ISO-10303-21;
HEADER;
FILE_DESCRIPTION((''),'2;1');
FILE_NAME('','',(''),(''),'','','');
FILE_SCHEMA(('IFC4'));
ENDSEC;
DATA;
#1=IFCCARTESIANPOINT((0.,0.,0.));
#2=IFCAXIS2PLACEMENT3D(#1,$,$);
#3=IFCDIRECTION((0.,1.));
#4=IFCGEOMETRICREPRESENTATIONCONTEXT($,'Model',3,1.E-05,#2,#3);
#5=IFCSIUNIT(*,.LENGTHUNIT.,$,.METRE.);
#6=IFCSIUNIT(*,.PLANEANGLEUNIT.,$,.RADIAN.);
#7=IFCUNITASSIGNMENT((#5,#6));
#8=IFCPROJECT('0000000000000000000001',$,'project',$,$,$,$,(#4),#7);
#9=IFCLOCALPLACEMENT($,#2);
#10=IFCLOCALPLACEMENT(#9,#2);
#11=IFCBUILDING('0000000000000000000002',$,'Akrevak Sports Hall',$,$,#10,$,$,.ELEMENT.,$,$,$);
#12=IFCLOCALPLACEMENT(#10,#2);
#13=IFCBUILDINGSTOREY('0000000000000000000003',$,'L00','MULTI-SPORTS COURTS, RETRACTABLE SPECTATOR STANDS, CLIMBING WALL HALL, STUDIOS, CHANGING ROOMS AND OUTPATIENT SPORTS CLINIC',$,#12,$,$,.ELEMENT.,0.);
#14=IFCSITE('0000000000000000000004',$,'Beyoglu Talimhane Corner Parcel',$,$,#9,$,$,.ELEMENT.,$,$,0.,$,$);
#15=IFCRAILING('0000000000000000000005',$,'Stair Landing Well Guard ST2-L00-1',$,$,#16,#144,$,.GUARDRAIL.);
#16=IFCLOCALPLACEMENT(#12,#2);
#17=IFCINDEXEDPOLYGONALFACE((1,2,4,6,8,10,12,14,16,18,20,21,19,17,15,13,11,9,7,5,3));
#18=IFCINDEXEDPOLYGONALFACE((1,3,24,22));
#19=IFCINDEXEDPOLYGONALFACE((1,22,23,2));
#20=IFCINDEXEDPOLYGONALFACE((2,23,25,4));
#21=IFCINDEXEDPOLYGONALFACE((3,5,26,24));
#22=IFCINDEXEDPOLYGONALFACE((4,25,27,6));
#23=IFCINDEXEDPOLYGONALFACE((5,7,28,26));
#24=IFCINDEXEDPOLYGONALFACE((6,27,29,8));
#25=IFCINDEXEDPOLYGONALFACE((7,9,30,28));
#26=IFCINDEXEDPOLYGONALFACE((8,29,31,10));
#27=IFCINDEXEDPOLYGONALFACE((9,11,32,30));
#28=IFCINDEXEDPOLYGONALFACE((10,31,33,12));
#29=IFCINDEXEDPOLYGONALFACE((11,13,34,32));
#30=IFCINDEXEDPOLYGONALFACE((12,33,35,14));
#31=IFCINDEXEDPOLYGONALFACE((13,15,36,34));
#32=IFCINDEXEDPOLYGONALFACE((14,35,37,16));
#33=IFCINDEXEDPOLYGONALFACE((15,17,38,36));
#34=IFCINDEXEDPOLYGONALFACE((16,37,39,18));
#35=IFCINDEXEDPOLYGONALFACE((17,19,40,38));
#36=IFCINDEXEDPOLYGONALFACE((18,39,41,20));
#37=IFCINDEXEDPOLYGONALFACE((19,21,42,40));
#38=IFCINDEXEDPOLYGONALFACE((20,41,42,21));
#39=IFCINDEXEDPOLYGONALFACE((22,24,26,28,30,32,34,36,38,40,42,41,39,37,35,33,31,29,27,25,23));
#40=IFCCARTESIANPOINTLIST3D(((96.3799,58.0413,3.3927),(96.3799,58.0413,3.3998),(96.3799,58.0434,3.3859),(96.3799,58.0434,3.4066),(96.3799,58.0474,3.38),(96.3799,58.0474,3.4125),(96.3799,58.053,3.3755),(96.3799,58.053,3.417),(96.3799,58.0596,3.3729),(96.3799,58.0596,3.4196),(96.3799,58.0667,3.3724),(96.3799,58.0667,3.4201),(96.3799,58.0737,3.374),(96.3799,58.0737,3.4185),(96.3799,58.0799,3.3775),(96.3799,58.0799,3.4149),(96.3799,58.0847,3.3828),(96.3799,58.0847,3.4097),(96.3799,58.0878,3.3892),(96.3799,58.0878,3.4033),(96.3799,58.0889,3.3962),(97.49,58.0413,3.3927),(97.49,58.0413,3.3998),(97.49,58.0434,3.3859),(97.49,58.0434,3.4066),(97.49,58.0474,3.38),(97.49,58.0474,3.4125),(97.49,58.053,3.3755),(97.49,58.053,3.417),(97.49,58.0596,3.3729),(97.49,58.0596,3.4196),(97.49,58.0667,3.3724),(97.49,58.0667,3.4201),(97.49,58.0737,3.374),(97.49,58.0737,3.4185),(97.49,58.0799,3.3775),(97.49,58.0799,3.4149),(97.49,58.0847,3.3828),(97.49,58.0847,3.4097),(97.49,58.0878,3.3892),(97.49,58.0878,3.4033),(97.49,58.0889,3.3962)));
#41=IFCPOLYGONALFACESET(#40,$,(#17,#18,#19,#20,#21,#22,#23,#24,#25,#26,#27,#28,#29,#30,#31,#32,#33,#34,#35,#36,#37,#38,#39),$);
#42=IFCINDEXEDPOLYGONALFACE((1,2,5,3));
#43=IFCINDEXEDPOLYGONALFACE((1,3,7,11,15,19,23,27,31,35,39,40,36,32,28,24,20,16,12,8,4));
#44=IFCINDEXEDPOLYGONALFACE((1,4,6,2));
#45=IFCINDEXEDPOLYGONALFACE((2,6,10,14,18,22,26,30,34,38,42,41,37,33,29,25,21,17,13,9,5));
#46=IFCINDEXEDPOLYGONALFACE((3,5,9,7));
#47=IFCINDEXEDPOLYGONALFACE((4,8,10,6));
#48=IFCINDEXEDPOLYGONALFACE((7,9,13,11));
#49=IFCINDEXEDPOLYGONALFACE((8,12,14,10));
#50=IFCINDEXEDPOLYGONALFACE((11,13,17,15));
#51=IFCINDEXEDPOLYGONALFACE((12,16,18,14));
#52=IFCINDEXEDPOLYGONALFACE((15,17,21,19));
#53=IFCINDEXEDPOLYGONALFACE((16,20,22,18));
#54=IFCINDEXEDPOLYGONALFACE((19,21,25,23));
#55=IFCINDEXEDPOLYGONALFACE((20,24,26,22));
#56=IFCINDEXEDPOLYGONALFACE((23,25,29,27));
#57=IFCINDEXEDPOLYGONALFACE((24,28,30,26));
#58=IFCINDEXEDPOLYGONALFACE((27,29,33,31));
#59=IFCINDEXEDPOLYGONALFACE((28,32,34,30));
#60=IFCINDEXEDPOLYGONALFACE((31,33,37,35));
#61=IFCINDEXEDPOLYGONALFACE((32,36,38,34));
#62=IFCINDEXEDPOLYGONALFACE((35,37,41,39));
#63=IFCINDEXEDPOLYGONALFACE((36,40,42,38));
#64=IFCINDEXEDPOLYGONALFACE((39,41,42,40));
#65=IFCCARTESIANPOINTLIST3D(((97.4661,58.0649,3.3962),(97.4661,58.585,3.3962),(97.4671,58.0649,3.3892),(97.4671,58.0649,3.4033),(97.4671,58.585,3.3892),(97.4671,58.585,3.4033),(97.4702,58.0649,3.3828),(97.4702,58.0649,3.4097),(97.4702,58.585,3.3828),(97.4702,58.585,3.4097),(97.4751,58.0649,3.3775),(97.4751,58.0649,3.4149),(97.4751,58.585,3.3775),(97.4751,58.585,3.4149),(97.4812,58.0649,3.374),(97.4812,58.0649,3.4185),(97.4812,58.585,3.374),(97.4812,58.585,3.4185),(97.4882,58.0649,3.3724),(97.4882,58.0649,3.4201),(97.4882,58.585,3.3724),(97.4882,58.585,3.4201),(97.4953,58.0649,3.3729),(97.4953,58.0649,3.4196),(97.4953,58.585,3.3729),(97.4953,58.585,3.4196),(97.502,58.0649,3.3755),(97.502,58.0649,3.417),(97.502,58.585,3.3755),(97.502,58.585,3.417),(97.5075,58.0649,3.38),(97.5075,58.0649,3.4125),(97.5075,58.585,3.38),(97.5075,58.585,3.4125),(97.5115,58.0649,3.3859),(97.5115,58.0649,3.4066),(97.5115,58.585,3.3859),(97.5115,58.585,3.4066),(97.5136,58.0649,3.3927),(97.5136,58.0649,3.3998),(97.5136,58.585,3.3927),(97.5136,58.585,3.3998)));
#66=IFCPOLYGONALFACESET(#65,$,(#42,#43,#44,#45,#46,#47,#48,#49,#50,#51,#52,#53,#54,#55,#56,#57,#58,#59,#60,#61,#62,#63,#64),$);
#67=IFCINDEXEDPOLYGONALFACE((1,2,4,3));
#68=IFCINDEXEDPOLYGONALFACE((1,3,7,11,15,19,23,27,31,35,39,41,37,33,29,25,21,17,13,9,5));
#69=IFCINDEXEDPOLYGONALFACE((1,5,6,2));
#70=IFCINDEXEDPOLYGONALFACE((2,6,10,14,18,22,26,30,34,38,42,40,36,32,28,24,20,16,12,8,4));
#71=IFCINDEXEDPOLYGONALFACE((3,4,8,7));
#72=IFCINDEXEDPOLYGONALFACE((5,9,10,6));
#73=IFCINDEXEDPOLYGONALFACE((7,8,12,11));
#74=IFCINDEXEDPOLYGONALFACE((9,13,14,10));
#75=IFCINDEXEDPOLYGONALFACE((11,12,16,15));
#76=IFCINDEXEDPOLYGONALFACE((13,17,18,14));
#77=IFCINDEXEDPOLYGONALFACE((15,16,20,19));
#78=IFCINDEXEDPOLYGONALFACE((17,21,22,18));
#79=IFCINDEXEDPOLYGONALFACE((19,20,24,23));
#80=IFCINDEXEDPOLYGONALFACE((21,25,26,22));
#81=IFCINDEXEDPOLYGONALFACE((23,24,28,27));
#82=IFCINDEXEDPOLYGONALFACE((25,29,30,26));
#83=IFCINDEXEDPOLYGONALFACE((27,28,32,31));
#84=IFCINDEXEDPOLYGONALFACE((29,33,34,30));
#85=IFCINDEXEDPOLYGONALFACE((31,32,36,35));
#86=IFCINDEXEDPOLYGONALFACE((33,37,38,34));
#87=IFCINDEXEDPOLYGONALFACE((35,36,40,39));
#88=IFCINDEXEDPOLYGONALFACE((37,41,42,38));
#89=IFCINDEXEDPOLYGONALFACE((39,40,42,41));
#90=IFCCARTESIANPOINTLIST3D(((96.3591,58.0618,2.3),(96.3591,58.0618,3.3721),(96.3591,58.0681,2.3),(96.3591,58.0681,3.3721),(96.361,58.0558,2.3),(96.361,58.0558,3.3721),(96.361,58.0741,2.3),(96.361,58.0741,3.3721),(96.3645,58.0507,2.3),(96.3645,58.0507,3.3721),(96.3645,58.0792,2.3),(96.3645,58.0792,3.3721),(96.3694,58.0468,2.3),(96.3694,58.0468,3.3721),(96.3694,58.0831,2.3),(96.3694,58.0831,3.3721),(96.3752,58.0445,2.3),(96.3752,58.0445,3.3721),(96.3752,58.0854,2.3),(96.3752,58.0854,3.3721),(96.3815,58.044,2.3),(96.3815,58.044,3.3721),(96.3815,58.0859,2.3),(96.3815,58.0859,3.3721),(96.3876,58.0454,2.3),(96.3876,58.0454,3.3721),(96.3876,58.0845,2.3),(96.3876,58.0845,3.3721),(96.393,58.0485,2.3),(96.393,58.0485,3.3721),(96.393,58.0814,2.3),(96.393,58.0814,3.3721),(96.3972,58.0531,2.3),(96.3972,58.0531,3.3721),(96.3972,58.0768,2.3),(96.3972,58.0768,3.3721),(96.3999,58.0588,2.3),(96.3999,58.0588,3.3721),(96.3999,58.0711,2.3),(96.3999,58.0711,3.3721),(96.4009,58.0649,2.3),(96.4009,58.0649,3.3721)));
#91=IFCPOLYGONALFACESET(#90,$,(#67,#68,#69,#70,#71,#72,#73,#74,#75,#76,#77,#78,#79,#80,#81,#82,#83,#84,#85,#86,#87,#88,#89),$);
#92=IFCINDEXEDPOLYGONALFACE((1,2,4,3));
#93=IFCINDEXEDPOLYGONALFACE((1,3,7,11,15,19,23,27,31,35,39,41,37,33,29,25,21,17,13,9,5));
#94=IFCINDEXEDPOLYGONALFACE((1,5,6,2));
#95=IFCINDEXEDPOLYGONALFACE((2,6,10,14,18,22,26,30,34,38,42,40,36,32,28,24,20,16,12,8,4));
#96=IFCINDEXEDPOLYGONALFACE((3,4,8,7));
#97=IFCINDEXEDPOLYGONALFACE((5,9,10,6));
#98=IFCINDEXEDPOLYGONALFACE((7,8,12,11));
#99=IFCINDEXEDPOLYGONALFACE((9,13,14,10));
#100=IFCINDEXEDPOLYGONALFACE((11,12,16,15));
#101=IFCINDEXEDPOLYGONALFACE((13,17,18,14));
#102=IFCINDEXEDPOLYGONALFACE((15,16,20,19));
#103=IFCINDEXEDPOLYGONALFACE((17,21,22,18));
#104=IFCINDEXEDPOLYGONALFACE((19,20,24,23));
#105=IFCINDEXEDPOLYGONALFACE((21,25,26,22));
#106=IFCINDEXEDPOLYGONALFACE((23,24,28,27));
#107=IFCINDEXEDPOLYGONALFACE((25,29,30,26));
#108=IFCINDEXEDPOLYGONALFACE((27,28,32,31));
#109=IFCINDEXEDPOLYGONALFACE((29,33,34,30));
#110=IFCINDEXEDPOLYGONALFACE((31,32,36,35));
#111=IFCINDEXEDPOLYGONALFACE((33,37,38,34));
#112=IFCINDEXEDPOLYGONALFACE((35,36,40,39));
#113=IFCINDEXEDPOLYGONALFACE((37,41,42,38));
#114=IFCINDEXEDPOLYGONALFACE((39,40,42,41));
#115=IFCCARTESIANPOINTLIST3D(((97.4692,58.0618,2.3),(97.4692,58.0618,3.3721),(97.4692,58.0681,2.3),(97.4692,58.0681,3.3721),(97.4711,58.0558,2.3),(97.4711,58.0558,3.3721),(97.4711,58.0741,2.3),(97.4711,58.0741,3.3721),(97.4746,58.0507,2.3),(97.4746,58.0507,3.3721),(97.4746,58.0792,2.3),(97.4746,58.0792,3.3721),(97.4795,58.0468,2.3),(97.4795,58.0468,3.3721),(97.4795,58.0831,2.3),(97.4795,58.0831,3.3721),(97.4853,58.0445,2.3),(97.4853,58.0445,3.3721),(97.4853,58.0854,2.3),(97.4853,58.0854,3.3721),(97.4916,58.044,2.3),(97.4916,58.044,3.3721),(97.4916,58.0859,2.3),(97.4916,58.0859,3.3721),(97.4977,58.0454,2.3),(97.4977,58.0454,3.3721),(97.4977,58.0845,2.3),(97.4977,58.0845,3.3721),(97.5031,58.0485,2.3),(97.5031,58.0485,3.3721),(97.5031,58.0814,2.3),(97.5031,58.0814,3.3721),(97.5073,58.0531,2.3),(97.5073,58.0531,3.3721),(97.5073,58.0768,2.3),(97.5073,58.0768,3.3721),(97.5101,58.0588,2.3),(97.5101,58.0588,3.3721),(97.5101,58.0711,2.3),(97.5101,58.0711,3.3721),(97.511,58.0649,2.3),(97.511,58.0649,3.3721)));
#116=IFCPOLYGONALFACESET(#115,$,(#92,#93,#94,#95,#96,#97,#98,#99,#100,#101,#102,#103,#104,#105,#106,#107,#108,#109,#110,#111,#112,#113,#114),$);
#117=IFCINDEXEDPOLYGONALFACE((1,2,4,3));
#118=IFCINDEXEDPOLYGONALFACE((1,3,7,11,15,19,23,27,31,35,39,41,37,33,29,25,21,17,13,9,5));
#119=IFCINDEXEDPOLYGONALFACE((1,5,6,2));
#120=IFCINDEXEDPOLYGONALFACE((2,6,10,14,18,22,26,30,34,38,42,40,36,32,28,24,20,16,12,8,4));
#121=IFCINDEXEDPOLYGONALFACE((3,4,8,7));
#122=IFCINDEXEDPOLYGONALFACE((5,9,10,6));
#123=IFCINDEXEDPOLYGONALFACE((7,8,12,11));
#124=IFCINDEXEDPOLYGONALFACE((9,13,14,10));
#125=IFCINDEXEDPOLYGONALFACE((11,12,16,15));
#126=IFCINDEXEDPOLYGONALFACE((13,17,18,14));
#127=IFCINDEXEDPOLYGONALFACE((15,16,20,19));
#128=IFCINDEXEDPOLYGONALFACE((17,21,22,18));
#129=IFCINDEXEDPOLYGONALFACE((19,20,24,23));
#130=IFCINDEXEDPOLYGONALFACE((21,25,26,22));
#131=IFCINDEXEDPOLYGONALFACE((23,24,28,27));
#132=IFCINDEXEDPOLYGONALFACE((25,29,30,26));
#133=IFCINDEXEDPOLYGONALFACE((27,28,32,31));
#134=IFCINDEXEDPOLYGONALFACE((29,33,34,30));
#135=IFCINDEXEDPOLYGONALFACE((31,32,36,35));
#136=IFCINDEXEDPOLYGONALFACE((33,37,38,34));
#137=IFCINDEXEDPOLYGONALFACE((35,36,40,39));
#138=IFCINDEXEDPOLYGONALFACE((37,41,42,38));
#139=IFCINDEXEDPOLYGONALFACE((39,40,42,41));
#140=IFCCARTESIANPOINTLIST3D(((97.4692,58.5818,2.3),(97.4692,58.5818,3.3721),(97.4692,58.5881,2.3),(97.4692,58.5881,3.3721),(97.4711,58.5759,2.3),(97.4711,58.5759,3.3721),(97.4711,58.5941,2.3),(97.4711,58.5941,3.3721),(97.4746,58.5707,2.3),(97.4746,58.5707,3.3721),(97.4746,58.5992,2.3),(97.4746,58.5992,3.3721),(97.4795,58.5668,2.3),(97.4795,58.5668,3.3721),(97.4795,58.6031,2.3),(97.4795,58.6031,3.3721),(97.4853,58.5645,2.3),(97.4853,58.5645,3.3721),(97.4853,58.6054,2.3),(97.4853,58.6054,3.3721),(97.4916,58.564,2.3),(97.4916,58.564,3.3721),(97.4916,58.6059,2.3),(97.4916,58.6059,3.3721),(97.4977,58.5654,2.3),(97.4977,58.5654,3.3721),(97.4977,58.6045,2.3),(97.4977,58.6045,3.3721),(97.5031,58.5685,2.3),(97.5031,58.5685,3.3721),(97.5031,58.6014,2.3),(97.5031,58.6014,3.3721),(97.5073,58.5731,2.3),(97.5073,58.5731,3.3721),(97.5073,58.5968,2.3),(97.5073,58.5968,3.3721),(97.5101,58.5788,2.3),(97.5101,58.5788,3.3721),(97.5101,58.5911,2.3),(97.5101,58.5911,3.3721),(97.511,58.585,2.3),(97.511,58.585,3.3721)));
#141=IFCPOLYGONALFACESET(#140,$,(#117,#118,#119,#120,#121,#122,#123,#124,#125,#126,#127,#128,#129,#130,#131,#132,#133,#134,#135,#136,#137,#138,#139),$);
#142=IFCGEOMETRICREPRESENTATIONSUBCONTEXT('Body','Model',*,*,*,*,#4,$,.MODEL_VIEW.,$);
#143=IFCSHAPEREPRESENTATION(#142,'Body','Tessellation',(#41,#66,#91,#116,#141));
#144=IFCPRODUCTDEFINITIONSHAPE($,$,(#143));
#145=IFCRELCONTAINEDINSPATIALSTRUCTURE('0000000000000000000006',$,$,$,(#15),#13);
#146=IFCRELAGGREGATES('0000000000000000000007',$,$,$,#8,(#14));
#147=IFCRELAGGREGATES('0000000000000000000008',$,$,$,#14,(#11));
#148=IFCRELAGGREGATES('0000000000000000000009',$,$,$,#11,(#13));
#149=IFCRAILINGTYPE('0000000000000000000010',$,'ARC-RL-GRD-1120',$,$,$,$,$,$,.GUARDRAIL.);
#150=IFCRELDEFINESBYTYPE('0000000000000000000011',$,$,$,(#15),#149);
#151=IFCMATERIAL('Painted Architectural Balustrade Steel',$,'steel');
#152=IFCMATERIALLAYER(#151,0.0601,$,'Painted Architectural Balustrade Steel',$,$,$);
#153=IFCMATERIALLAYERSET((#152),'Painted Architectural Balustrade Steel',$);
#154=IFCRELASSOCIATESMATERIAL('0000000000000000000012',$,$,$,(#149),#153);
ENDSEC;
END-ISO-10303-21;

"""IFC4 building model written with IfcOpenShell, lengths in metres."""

from ifc_helpers import new_model, si_unit, direction, frame, origin, origin_2d, place, context, subcontext, project, spatial, circle, extrude, material, layer, layer_set, type_object, element, save


model = new_model("IFC4")

# Units and contexts
model_context = context("Model", 3, precision=1e-05, world=origin(), true_north=direction((0.0, 1.0)))
body_context = subcontext(model_context, "Body", "Model", "MODEL_VIEW")
ifc_project = project(units=[si_unit("LENGTHUNIT", "METRE"), si_unit("PLANEANGLEUNIT", "RADIAN")], contexts=[model_context])

# Site, building, storey
site_placement = place(None, origin())
site = spatial("IfcSite", under=ifc_project, at=site_placement, Name="Beyoglu Talimhane Corner Parcel", CompositionType="ELEMENT", RefElevation=0.0)
building_placement = place(site_placement, origin())
building = spatial("IfcBuilding", under=site, at=building_placement, Name="Akrevak Sports Hall", CompositionType="ELEMENT")
storey_placement = place(building_placement, origin())
storey = spatial("IfcBuildingStorey", under=building, at=storey_placement, Name="L00", Description="MULTI-SPORTS COURTS, RETRACTABLE SPECTATOR STANDS, CLIMBING WALL HALL, STUDIOS, CHANGING ROOMS AND OUTPATIENT SPORTS CLINIC", CompositionType="ELEMENT", Elevation=0.0)

# Railing
ifc_material_1 = material(Name="Painted Architectural Balustrade Steel", Category="steel")
ifc_layer_1 = layer(ifc_material_1, 0.0601, Name="Painted Architectural Balustrade Steel")
ifc_layer_set_1 = layer_set([ifc_layer_1], Name="Painted Architectural Balustrade Steel")
railing_type_1 = type_object("IfcRailingType", Name="ARC-RL-GRD-1120", PredefinedType="GUARDRAIL", material=ifc_layer_set_1)
railing_1_placement = place(storey_placement, frame((96.3799, 58.0649, 2.3)))
element("IfcRailing", 1, at=railing_1_placement, inside=storey, type_object=railing_type_1, Name="Stair Landing Well Guard ST2-L00-1", PredefinedType="GUARDRAIL", context=body_context, shape_type="SweptSolid", body=[
    extrude(circle(Radius=0.0239, at=origin_2d()), frame((0.0, 0.0, 1.0962), z_axis=(1.0, 0.0, 0.0), x_axis=(0.0, 1.0, 0.0)), (0.0, 0.0, 1.0), 1.1101),
    extrude(circle(Radius=0.0239, at=origin_2d()), frame((1.1101, 0.0, 1.0962), z_axis=(0.0, 1.0, 0.0), x_axis=(-1.0, 0.0, 0.0)), (0.0, 0.0, 1.0), 0.52),
    extrude(circle(Radius=0.021, at=origin_2d()), origin(), (0.0, 0.0, 1.0), 1.072),
    extrude(circle(Radius=0.021, at=origin_2d()), frame((1.1101, 0.0, 0.0)), (0.0, 0.0, 1.0), 1.072),
    extrude(circle(Radius=0.021, at=origin_2d()), frame((1.1101, 0.52, 0.0)), (0.0, 0.0, 1.0), 1.072),
])

save(model, "model.ifc")
